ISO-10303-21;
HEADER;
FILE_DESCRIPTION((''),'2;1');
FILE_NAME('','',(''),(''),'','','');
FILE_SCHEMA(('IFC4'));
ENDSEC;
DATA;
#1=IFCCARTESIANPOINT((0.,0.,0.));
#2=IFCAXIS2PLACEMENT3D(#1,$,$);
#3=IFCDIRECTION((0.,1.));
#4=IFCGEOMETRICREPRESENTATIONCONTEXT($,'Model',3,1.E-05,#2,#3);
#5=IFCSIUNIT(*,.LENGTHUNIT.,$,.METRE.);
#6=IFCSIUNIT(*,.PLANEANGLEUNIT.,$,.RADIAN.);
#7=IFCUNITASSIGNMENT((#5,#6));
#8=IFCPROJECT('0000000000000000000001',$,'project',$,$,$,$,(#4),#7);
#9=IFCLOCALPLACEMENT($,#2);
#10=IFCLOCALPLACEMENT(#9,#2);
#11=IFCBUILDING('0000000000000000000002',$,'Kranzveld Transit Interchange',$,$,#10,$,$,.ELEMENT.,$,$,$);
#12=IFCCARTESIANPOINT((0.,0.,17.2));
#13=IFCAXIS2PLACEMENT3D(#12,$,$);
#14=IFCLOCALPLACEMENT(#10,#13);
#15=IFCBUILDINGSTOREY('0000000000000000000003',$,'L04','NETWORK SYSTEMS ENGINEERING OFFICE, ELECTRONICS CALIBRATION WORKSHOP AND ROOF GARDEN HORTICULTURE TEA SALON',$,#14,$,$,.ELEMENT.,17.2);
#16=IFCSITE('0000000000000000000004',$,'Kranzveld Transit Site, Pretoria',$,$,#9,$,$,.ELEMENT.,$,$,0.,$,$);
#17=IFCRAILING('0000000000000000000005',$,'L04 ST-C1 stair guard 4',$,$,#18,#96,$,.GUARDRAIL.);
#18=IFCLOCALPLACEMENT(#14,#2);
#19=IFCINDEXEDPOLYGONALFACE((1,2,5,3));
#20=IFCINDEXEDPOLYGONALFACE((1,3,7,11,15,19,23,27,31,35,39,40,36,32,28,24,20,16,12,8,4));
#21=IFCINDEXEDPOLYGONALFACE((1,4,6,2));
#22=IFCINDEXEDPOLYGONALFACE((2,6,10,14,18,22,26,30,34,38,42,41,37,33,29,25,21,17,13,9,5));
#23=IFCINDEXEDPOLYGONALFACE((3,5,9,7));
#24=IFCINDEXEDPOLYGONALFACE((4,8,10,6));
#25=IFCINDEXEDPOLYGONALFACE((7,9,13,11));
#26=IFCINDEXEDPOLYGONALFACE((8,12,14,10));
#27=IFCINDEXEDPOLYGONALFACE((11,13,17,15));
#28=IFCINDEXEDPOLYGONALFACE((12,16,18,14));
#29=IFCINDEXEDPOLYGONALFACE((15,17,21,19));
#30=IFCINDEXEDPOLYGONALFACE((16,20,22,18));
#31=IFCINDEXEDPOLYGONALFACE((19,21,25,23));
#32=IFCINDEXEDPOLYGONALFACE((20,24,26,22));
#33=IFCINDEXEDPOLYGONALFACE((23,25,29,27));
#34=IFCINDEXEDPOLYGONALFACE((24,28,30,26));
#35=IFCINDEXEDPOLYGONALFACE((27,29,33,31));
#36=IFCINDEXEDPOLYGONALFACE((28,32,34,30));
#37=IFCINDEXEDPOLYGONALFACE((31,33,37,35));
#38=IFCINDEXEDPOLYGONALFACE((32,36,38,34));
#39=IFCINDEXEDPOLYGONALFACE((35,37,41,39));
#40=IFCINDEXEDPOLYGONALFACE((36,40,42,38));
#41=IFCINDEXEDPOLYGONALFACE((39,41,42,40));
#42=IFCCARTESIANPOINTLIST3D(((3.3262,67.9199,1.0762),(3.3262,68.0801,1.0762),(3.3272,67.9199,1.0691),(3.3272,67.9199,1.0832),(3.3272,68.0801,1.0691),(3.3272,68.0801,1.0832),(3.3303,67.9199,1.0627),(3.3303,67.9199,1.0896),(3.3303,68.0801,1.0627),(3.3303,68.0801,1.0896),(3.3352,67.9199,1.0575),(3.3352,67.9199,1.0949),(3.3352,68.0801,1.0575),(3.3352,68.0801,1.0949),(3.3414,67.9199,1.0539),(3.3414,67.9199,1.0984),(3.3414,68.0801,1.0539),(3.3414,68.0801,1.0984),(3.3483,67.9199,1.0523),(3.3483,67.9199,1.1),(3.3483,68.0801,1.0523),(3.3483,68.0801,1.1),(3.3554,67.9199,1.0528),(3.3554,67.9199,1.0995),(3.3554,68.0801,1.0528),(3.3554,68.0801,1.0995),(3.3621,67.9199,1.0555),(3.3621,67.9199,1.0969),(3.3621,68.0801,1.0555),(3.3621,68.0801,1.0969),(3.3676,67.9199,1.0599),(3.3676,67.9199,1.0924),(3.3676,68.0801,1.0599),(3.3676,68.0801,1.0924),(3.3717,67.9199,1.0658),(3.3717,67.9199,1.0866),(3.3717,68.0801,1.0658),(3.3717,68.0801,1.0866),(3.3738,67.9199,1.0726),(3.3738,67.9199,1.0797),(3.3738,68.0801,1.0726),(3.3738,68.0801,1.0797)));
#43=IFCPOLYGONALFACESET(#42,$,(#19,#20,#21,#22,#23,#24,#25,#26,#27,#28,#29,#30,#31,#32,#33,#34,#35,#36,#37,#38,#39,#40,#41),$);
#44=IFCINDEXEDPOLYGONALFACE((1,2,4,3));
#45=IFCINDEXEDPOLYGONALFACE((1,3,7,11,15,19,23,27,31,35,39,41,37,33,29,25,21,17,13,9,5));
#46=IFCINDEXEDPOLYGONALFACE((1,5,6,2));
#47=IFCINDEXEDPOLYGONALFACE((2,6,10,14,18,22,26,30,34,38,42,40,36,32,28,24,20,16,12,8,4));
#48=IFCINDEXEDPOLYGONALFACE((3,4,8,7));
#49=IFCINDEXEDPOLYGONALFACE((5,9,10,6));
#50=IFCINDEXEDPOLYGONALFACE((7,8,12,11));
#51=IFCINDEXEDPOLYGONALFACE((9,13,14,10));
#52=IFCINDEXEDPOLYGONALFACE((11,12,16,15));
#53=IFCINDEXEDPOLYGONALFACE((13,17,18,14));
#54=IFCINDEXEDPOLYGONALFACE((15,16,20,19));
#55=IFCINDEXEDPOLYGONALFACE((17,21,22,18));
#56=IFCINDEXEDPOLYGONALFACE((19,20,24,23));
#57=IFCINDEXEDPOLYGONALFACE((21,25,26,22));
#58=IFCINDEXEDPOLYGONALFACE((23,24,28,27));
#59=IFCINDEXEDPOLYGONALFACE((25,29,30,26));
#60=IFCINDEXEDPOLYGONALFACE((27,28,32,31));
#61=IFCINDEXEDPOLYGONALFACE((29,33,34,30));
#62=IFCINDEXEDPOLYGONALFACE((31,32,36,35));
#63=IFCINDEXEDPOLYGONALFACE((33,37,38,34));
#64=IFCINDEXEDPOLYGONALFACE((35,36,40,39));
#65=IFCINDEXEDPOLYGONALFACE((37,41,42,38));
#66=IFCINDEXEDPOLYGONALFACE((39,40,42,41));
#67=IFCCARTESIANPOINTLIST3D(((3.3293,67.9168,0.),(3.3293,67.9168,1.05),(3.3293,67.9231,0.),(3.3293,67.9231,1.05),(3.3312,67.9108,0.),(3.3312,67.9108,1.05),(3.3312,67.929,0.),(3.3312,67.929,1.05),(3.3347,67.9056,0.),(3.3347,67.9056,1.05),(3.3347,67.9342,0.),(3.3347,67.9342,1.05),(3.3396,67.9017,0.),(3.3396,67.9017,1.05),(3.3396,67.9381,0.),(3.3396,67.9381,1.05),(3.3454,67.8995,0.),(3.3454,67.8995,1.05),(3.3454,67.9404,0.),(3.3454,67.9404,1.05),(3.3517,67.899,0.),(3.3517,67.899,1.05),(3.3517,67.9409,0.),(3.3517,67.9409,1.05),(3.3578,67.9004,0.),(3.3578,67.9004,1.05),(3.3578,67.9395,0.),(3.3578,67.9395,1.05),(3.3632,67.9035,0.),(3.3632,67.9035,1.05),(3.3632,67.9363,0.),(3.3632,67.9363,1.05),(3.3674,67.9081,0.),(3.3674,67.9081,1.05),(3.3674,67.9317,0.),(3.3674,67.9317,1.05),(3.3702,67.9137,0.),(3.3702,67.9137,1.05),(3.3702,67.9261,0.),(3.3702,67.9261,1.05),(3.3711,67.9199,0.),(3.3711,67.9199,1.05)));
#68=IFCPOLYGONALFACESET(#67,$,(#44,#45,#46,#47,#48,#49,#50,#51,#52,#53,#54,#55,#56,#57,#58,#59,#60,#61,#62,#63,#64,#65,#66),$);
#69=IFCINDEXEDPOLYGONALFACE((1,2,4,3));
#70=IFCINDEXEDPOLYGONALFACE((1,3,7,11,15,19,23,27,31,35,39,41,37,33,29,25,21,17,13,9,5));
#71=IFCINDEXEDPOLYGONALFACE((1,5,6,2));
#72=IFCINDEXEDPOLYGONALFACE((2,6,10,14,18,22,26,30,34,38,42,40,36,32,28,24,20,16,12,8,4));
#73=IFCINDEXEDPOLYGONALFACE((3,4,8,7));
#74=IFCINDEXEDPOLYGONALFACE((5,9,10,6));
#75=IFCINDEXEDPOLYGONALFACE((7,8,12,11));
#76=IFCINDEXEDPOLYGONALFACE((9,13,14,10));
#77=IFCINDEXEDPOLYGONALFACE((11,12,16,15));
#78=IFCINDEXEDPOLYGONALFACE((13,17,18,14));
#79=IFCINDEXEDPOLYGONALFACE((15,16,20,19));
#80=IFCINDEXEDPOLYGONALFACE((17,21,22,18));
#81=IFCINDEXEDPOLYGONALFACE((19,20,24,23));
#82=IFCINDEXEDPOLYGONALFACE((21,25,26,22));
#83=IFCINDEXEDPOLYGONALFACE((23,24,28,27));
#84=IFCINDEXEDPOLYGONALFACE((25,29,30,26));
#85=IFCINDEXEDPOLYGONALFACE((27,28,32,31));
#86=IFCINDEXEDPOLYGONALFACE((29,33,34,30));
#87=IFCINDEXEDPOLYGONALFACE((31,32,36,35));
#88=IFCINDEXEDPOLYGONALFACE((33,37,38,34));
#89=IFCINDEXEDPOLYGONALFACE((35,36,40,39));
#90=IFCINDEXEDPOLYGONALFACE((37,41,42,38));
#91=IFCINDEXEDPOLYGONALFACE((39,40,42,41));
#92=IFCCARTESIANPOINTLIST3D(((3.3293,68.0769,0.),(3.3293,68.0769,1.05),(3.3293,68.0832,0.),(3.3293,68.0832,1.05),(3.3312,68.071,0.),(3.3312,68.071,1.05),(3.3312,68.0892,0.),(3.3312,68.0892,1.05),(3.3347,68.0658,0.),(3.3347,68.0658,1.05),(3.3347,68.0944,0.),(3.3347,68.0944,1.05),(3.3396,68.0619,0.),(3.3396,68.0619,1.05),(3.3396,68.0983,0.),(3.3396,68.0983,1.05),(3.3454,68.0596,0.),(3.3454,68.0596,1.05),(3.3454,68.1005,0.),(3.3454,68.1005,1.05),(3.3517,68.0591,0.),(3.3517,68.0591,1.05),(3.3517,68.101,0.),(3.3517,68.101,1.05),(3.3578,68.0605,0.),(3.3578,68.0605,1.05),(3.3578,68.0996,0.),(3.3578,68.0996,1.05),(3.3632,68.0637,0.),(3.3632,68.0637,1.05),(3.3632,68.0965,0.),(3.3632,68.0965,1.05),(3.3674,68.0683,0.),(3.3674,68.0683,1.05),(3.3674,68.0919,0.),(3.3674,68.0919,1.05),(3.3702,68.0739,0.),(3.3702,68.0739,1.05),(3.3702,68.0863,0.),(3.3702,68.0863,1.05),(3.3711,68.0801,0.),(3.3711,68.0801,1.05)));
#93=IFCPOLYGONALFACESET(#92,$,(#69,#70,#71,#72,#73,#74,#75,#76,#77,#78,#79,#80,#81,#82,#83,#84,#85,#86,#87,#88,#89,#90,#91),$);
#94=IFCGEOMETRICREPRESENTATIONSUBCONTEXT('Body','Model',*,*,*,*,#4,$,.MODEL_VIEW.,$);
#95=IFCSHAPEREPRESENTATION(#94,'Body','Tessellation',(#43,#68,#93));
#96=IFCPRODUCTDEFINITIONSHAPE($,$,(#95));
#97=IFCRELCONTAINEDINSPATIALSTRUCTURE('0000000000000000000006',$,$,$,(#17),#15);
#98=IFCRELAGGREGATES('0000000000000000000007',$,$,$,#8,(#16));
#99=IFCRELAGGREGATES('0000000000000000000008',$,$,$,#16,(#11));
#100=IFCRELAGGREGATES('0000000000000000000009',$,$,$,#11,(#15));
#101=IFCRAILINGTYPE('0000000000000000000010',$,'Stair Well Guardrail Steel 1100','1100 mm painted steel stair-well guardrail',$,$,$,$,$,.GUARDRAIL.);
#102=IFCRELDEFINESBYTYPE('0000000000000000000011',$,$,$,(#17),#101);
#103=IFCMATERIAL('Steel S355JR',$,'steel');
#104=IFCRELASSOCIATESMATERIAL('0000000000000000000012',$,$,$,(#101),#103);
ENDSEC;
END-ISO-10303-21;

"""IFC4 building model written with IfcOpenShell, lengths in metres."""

from ifc_helpers import new_model, si_unit, direction, frame, origin, origin_2d, place, context, subcontext, project, spatial, circle, extrude, material, type_object, element, save


model = new_model("IFC4")

# Units and contexts
model_context = context("Model", 3, precision=1e-05, world=origin(), true_north=direction((0.0, 1.0)))
body_context = subcontext(model_context, "Body", "Model", "MODEL_VIEW")
ifc_project = project(units=[si_unit("LENGTHUNIT", "METRE"), si_unit("PLANEANGLEUNIT", "RADIAN")], contexts=[model_context])

# Site, building, storey
site_placement = place(None, origin())
site = spatial("IfcSite", under=ifc_project, at=site_placement, Name="Kranzveld Transit Site, Pretoria", CompositionType="ELEMENT", RefElevation=0.0)
building_placement = place(site_placement, origin())
building = spatial("IfcBuilding", under=site, at=building_placement, Name="Kranzveld Transit Interchange", CompositionType="ELEMENT")
storey_placement = place(building_placement, frame((0.0, 0.0, 17.2)))
storey = spatial("IfcBuildingStorey", under=building, at=storey_placement, Name="L04", Description="NETWORK SYSTEMS ENGINEERING OFFICE, ELECTRONICS CALIBRATION WORKSHOP AND ROOF GARDEN HORTICULTURE TEA SALON", CompositionType="ELEMENT", Elevation=17.2)

# Railing
ifc_material_1 = material(Name="Steel S355JR", Category="steel")
railing_type_1 = type_object("IfcRailingType", Name="Stair Well Guardrail Steel 1100", Description="1100 mm painted steel stair-well guardrail", PredefinedType="GUARDRAIL", material=ifc_material_1)
railing_1_placement = place(storey_placement, frame((3.3501, 67.9199, 0.0)))
element("IfcRailing", 1, at=railing_1_placement, inside=storey, type_object=railing_type_1, Name="L04 ST-C1 stair guard 4", PredefinedType="GUARDRAIL", context=body_context, shape_type="SweptSolid", body=[
    extrude(circle(Radius=0.0239, at=origin_2d()), frame((0.0, 0.0, 1.0762), z_axis=(0.0, 1.0, 0.0), x_axis=(-1.0, 0.0, 0.0)), (0.0, 0.0, 1.0), 0.1602),
    extrude(circle(Radius=0.021, at=origin_2d()), origin(), (0.0, 0.0, 1.0), 1.05),
    extrude(circle(Radius=0.021, at=origin_2d()), frame((0.0, 0.1602, 0.0)), (0.0, 0.0, 1.0), 1.05),
])

save(model, "model.ifc")
